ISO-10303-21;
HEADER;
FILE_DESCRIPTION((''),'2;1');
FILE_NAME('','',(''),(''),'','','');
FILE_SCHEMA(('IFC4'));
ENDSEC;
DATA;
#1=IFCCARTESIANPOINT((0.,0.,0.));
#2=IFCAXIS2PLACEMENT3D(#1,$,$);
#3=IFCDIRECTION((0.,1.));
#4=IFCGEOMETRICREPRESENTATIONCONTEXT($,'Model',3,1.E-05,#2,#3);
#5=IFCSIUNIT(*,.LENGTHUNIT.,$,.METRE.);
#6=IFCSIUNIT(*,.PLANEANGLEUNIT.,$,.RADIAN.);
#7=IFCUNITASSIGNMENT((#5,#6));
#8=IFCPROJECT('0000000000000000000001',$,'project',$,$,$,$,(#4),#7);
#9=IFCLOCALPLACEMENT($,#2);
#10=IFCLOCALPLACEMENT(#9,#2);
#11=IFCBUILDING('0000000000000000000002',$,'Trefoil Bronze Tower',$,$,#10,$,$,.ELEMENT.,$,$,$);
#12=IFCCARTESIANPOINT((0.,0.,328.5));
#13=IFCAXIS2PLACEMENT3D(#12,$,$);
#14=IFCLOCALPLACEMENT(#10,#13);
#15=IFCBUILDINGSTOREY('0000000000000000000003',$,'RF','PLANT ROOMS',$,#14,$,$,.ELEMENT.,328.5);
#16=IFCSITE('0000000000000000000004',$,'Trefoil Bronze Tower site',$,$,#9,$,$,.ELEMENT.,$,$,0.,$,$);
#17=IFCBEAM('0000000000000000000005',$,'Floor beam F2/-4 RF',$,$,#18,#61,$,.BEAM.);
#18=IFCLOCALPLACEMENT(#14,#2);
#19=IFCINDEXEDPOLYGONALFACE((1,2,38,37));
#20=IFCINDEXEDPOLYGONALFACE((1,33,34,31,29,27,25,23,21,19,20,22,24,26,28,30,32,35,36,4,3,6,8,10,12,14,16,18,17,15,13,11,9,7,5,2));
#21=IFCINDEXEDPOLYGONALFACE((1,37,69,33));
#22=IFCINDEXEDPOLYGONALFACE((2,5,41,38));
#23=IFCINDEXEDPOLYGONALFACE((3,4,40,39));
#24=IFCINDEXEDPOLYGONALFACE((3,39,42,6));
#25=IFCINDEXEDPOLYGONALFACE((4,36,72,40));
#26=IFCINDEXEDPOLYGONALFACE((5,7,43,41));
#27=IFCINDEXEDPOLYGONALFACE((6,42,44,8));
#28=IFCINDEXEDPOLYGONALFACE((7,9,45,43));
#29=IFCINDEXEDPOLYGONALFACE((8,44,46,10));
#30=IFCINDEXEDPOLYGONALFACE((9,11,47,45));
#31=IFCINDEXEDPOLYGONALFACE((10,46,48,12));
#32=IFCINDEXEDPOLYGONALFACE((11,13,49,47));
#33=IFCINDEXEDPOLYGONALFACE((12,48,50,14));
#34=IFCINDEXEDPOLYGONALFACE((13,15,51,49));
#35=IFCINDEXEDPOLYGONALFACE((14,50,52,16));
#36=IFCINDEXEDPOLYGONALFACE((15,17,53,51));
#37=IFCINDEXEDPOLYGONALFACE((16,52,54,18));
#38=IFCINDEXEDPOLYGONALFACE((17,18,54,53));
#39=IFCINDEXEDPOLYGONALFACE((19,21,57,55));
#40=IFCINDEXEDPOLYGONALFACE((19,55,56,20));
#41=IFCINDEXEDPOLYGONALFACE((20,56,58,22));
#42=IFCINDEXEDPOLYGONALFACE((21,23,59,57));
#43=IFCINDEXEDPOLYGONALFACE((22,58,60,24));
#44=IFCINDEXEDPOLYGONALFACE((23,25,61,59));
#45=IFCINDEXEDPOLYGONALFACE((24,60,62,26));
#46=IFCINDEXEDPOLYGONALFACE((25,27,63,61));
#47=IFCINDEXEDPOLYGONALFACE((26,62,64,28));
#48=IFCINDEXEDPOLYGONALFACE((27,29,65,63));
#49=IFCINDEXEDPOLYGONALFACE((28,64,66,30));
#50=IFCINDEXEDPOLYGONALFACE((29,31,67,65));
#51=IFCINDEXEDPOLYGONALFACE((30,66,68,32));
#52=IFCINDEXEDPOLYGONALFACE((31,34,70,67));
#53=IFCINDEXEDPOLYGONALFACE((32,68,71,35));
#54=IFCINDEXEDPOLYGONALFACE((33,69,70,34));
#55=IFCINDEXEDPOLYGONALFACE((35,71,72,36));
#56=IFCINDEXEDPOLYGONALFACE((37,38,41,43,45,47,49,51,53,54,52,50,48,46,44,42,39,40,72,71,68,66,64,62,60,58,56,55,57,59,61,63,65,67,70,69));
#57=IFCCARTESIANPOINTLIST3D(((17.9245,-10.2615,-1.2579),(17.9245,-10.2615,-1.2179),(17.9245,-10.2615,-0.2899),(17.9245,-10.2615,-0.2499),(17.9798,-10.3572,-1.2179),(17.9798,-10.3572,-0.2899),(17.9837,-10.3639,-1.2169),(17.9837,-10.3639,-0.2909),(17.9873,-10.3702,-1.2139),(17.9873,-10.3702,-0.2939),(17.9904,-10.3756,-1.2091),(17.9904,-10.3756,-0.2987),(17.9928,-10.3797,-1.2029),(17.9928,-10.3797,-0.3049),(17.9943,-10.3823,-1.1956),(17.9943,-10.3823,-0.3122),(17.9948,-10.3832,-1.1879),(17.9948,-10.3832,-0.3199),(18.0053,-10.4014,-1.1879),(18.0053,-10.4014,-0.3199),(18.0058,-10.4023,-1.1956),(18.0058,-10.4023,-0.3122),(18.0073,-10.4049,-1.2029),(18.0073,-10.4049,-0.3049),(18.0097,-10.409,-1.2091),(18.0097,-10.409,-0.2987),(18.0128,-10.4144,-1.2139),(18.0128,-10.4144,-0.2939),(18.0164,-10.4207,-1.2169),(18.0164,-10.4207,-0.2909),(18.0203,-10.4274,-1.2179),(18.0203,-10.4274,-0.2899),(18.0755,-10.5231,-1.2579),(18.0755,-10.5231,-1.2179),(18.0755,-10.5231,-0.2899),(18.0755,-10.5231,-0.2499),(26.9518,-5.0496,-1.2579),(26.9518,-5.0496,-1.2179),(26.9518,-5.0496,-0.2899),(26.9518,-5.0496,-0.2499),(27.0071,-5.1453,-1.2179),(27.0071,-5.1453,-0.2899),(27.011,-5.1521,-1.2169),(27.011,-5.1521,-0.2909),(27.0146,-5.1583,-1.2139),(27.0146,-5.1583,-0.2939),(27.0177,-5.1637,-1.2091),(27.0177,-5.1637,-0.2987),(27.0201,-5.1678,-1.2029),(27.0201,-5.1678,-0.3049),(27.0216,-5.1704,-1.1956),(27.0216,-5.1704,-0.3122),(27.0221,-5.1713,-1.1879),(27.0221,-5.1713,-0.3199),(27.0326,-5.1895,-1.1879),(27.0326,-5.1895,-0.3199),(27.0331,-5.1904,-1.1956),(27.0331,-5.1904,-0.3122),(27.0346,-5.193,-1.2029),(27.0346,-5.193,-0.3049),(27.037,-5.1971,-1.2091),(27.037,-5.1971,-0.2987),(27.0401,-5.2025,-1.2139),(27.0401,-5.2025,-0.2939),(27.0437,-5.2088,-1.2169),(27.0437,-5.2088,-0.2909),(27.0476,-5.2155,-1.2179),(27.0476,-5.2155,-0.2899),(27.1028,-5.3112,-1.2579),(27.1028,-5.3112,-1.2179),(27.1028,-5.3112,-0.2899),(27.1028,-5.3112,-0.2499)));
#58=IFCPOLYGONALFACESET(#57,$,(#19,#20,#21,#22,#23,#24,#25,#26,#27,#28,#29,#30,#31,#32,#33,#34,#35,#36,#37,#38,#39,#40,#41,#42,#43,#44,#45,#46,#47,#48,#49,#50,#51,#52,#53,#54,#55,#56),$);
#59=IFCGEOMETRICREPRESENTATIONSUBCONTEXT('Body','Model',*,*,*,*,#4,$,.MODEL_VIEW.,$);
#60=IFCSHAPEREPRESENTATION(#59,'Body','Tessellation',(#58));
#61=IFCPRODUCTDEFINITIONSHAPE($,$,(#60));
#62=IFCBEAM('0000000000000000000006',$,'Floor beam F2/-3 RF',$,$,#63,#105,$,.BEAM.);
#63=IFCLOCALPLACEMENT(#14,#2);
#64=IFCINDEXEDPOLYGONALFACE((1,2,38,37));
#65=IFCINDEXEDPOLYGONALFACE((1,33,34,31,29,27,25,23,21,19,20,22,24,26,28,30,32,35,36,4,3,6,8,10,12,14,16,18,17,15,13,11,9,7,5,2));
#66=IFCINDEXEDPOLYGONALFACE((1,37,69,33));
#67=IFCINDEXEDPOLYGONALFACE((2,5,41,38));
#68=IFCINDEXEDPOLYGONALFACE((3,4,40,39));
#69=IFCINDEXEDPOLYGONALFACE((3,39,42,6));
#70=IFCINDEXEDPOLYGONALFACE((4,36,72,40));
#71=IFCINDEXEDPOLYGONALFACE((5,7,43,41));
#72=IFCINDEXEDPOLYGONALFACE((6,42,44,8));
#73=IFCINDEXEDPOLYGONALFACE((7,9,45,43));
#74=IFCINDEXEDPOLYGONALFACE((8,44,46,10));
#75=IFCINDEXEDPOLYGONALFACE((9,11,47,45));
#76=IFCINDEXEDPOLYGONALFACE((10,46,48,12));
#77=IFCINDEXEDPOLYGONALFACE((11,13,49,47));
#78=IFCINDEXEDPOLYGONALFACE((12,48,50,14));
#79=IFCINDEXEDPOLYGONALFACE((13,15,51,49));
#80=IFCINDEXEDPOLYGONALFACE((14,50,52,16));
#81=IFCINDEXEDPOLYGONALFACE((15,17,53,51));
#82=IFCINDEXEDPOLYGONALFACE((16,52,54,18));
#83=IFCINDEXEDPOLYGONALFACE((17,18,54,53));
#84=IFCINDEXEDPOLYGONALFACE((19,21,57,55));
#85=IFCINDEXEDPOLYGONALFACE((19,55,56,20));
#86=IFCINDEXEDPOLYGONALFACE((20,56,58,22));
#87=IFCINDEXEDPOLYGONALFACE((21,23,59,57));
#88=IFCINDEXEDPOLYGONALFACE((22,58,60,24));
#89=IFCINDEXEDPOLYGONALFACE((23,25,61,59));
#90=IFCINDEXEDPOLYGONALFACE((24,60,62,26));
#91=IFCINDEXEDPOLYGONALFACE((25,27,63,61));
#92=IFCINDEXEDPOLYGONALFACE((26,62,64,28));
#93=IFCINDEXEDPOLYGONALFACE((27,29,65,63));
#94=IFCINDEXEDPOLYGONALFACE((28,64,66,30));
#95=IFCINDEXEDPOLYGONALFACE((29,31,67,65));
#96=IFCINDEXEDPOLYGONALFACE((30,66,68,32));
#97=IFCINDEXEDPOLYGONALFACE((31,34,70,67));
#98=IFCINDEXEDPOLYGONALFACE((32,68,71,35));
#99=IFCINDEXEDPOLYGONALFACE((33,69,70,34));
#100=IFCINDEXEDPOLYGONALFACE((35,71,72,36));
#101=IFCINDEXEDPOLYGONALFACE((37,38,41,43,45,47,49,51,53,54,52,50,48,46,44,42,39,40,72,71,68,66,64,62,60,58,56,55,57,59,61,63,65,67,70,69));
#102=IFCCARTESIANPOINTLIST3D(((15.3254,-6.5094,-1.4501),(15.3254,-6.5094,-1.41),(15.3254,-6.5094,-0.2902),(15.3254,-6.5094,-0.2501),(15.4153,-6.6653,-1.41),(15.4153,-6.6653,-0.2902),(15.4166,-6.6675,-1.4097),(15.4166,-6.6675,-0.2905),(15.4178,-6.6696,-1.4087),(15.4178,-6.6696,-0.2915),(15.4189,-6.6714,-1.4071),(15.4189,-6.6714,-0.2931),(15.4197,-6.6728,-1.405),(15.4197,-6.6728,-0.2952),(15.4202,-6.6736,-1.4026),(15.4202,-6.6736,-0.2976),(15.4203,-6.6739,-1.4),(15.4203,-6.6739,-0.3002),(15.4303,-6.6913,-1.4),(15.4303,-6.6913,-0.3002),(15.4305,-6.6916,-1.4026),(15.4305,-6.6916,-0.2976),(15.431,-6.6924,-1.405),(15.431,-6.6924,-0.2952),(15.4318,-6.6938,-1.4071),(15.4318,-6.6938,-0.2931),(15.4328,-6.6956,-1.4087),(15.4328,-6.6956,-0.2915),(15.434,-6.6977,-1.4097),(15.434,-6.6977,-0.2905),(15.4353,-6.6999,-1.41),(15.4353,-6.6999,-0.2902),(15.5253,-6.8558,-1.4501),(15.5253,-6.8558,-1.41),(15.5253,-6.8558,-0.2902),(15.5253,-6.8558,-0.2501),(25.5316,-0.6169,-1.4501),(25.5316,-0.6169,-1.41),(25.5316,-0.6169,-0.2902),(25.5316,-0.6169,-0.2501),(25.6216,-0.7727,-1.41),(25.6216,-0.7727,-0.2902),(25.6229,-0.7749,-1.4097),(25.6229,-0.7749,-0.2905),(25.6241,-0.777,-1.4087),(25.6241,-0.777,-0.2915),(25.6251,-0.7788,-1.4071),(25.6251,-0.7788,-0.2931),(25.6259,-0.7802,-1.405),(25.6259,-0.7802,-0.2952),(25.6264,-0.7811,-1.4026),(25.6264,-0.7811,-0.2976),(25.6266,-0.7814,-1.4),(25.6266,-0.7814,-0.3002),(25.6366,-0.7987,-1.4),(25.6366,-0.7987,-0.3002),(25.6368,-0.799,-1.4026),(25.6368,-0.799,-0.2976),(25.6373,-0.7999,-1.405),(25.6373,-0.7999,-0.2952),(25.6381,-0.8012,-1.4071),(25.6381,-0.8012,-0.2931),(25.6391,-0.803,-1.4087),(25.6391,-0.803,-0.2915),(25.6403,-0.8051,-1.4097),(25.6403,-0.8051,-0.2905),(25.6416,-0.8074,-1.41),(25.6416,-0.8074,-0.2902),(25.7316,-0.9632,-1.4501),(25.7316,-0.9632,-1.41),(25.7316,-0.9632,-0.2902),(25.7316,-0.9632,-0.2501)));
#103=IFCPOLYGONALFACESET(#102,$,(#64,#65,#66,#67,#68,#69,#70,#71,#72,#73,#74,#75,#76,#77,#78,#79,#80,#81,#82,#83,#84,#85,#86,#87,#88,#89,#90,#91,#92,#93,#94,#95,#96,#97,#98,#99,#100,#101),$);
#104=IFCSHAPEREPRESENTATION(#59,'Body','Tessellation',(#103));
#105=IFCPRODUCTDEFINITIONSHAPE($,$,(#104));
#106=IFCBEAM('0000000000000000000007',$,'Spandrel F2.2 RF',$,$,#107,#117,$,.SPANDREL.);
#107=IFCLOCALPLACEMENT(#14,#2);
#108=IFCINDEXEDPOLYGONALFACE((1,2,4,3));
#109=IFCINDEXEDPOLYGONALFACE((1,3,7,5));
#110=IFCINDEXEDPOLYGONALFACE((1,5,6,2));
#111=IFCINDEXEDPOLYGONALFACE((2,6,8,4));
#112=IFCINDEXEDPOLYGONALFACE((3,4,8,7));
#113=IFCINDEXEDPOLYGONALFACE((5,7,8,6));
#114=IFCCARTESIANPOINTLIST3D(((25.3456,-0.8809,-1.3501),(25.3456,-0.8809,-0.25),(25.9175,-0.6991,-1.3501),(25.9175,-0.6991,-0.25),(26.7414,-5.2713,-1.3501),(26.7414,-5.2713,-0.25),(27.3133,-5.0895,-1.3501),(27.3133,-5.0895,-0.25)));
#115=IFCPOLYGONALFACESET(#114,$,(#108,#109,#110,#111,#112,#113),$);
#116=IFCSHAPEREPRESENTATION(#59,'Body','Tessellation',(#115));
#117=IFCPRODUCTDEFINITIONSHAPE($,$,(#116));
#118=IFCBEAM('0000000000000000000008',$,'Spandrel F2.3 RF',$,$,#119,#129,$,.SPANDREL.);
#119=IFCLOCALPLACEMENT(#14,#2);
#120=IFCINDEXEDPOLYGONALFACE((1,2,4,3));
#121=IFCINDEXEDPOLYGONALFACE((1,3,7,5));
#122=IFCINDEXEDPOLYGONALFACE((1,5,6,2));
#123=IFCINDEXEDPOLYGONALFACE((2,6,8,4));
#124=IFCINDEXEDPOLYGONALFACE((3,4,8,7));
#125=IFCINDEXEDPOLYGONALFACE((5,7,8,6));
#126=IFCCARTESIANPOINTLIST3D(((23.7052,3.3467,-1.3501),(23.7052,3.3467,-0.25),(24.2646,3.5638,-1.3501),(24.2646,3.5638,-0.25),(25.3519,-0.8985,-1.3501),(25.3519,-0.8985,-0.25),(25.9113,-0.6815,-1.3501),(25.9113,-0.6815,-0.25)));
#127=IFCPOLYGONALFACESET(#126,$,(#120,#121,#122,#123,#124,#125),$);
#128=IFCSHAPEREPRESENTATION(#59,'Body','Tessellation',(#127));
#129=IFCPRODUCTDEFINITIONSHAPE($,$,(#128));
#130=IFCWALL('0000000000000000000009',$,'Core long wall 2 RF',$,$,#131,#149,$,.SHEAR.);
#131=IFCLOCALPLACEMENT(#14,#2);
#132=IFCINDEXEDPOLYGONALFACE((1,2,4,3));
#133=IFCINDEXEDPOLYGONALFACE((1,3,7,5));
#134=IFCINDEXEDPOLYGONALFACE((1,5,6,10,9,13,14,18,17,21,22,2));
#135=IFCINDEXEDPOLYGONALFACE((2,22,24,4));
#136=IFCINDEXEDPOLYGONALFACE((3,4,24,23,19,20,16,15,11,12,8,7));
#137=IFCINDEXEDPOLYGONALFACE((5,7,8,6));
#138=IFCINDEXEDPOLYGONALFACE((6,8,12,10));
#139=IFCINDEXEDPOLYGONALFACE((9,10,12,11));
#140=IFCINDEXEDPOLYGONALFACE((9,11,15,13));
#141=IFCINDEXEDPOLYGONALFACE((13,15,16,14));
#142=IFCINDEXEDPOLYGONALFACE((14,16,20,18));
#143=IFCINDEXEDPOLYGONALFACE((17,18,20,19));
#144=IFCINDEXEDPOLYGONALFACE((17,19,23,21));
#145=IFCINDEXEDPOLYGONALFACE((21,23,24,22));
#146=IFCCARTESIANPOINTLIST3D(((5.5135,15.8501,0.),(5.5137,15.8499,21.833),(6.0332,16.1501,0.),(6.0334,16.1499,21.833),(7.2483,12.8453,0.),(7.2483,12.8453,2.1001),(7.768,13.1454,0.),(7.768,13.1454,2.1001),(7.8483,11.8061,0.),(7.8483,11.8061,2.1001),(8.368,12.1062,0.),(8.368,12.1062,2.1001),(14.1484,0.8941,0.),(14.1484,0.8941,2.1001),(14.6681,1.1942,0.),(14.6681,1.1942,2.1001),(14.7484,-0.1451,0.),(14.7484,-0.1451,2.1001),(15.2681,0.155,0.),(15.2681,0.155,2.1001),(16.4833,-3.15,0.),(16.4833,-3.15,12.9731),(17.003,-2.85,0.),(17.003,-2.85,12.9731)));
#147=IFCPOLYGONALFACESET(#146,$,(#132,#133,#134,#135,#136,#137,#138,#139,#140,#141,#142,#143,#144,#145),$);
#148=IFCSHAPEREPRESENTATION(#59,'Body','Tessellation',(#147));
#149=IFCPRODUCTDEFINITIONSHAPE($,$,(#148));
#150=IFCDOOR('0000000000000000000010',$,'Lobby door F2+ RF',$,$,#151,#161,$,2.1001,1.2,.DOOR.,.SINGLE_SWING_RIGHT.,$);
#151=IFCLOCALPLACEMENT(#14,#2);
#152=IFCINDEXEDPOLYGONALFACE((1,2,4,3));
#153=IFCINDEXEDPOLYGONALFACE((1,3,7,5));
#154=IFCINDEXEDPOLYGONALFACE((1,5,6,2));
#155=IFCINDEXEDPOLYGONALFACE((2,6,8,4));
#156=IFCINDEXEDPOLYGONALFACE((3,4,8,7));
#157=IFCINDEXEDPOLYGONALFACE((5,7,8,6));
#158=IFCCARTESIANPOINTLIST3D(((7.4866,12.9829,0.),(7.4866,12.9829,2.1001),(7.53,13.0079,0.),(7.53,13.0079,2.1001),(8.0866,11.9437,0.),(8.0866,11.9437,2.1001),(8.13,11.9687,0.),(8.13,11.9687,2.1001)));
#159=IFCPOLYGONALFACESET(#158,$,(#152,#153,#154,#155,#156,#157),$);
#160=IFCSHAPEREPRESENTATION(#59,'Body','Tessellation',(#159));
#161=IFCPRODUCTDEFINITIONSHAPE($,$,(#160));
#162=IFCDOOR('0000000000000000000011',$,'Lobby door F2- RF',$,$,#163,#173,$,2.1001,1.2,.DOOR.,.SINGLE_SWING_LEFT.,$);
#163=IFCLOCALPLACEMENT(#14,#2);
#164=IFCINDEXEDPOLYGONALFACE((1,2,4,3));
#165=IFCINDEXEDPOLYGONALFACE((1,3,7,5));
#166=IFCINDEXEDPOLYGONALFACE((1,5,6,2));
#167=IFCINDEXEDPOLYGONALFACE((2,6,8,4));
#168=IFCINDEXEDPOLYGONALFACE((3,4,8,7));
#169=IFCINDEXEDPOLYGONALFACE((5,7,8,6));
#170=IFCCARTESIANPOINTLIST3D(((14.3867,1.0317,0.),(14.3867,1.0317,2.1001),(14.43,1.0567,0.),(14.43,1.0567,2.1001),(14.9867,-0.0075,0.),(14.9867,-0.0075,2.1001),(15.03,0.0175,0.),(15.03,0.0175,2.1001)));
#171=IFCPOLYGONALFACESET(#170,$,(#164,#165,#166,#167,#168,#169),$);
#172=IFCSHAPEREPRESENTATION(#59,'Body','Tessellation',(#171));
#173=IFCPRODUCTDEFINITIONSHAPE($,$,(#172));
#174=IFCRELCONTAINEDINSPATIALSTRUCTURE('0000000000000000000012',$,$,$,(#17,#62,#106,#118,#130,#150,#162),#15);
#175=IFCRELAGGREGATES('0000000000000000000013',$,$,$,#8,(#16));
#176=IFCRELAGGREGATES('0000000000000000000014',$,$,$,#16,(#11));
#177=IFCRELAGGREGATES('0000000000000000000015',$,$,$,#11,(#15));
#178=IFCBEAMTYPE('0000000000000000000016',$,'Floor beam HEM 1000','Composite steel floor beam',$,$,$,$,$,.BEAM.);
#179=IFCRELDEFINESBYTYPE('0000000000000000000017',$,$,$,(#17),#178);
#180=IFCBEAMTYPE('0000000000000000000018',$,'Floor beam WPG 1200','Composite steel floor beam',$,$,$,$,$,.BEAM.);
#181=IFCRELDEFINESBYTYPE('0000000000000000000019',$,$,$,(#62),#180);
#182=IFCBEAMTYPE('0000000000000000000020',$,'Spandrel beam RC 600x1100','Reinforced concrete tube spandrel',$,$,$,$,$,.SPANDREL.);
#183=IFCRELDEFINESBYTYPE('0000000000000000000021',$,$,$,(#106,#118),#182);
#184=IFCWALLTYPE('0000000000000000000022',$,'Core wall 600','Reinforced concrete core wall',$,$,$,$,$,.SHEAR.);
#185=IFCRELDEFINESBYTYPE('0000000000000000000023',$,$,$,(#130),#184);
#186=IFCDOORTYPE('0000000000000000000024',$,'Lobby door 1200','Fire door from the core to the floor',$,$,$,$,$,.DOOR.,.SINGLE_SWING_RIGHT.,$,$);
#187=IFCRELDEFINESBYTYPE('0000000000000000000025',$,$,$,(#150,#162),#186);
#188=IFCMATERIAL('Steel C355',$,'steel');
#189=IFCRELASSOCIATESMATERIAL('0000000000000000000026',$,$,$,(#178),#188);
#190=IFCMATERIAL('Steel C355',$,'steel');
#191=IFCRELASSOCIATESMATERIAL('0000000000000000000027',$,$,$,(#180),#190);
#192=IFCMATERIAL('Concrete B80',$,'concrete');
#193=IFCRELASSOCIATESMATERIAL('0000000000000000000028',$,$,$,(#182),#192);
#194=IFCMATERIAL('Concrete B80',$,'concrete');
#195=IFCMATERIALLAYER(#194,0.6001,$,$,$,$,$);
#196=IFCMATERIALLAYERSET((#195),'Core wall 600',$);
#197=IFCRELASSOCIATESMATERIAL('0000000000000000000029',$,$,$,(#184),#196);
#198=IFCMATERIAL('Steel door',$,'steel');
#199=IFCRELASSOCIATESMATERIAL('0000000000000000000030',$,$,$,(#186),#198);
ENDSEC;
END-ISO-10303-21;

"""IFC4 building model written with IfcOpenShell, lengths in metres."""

from ifc_helpers import new_model, si_unit, direction, frame, frame_2d, origin, origin_2d, place, context, subcontext, project, spatial, polyline, rectangle, i_section, outline, extrude, material, layer, layer_set, material_profile, profile_set, type_object, element, fill, save


model = new_model("IFC4")

# Units and contexts
model_context = context("Model", 3, precision=1e-05, world=origin(), true_north=direction((0.0, 1.0)))
body_context = subcontext(model_context, "Body", "Model", "MODEL_VIEW")
ifc_project = project(units=[si_unit("LENGTHUNIT", "METRE"), si_unit("PLANEANGLEUNIT", "RADIAN")], contexts=[model_context])

# Site, building, storey
site_placement = place(None, origin())
site = spatial("IfcSite", under=ifc_project, at=site_placement, Name="Trefoil Bronze Tower site", CompositionType="ELEMENT", RefElevation=0.0)
building_placement = place(site_placement, origin())
building = spatial("IfcBuilding", under=site, at=building_placement, Name="Trefoil Bronze Tower", CompositionType="ELEMENT")
storey_placement = place(building_placement, frame((0.0, 0.0, 328.5)))
storey = spatial("IfcBuildingStorey", under=building, at=storey_placement, Name="RF", Description="PLANT ROOMS", CompositionType="ELEMENT", Elevation=328.5)

# Beams
ifc_material_1 = material(Name="Steel C355", Category="steel")
ifc_material_profile_1 = material_profile(ifc_material_1, i_section(OverallWidth=0.302, OverallDepth=1.0081, WebThickness=0.021, FlangeThickness=0.04, FilletRadius=0.03, at=origin_2d()), Name="HEM 1000")
ifc_profile_set_1 = profile_set([ifc_material_profile_1], Name="Steel C355")
beam_type_1 = type_object("IfcBeamType", Name="Floor beam HEM 1000", Description="Composite steel floor beam", PredefinedType="BEAM", material=ifc_profile_set_1)
beam_1_placement = place(storey_placement, frame((27.0273, -5.1804, -0.7539), z_axis=(-0.866026, -0.499998, 0.0), x_axis=(0.499998, -0.866026, 0.0)))
element("IfcBeam", 1, at=beam_1_placement, inside=storey, type_object=beam_type_1, Name="Floor beam F2/-4 RF", PredefinedType="BEAM", context=body_context, shape_type="SweptSolid", body=[
    extrude(i_section(OverallWidth=0.302, OverallDepth=1.0081, WebThickness=0.021, FlangeThickness=0.04, FilletRadius=0.03, at=origin_2d()), origin(), (0.0, 0.0, 1.0), 10.4238),
])
ifc_material_2 = material(Name="Steel C355", Category="steel")
ifc_material_profile_2 = material_profile(ifc_material_2, i_section(OverallWidth=0.3999, OverallDepth=1.2, WebThickness=0.02, FlangeThickness=0.04, FilletRadius=0.01, at=origin_2d()), Name="WPG 1200")
ifc_profile_set_2 = profile_set([ifc_material_profile_2], Name="Steel C355")
beam_type_2 = type_object("IfcBeamType", Name="Floor beam WPG 1200", Description="Composite steel floor beam", PredefinedType="BEAM", material=ifc_profile_set_2)
beam_2_placement = place(storey_placement, frame((25.6316, -0.79, -0.8501), z_axis=(-0.866027, -0.499998, 0.0), x_axis=(0.499998, -0.866027, 0.0)))
element("IfcBeam", 2, at=beam_2_placement, inside=storey, type_object=beam_type_2, Name="Floor beam F2/-3 RF", PredefinedType="BEAM", context=body_context, shape_type="SweptSolid", body=[
    extrude(i_section(OverallWidth=0.3999, OverallDepth=1.2, WebThickness=0.02, FlangeThickness=0.04, FilletRadius=0.01, at=origin_2d()), origin(), (0.0, 0.0, 1.0), 11.7852),
])
ifc_material_3 = material(Name="Concrete B80", Category="concrete")
ifc_material_profile_3 = material_profile(ifc_material_3, rectangle(XDim=0.6001, YDim=1.1001, at=origin_2d()), Name="RC 600x1100")
ifc_profile_set_3 = profile_set([ifc_material_profile_3], Name="Concrete B80")
beam_type_3 = type_object("IfcBeamType", Name="Spandrel beam RC 600x1100", Description="Reinforced concrete tube spandrel", PredefinedType="SPANDREL", material=ifc_profile_set_3)
beam_3_placement = place(storey_placement, frame((27.0273, -5.1804, -0.8), z_axis=(-0.30297, 0.953, 0.0), x_axis=(-0.953, -0.30297, 0.0)))
element("IfcBeam", 3, at=beam_3_placement, inside=storey, type_object=beam_type_3, Name="Spandrel F2.2 RF", PredefinedType="SPANDREL", context=body_context, shape_type="SweptSolid", body=[
    extrude(rectangle(XDim=0.6001, YDim=1.1001, at=origin_2d()), origin(), (0.0, 0.0, 1.0), 4.6069),
])
beam_4_placement = place(storey_placement, frame((25.6316, -0.79, -0.8), z_axis=(-0.361636, 0.932319, 0.0), x_axis=(-0.932319, -0.361636, 0.0)))
element("IfcBeam", 4, at=beam_4_placement, inside=storey, type_object=beam_type_3, Name="Spandrel F2.3 RF", PredefinedType="SPANDREL", context=body_context, shape_type="SweptSolid", body=[
    extrude(rectangle(XDim=0.6001, YDim=1.1001, at=origin_2d()), origin(), (0.0, 0.0, 1.0), 4.5535),
])

# Wall, openings, doors
ifc_material_4 = material(Name="Concrete B80", Category="concrete")
ifc_layer_1 = layer(ifc_material_4, 0.6001)
ifc_layer_set_1 = layer_set([ifc_layer_1], Name="Core wall 600")
wall_type_1 = type_object("IfcWallType", Name="Core wall 600", Description="Reinforced concrete core wall", PredefinedType="SHEAR", material=ifc_layer_set_1)
wall_1_placement = place(storey_placement, frame((16.7432, -3.0, 0.0), z_axis=(0.0, 0.0, 1.0), x_axis=(-0.500002, 0.866024, 0.0)))
wall_1 = element("IfcWall", 5, at=wall_1_placement, inside=storey, type_object=wall_type_1, Name="Core long wall 2 RF", PredefinedType="SHEAR", context=body_context, shape_type="SweptSolid", body=[
    extrude(outline(polyline([(0.0, 0.0), (21.9395, 0.0), (21.9392, 21.833), (0.0, 12.9731), (0.0, 0.0)])), frame((0.0, 0.3, 0.0), z_axis=(0.0, -1.0, 0.0), x_axis=(1.0, 0.0, 0.0)), (0.0, 0.0, 1.0), 0.6001),
])
opening_1_placement = place(wall_1_placement, frame((17.2698, 0.0, 0.0)))
opening_1 = element("IfcOpeningElement", 6, at=opening_1_placement, cuts=wall_1, PredefinedType="OPENING", context=body_context, shape_type="SweptSolid", body=[
    extrude(rectangle(XDim=1.2, YDim=2.1001, at=frame_2d((0.6001, 1.05))), frame((0.0, 0.3101, 0.0), z_axis=(0.0, -1.0, 0.0), x_axis=(1.0, 0.0, 0.0)), (0.0, 0.0, 1.0), 0.6201),
])
opening_2_placement = place(wall_1_placement, frame((3.4697, 0.0, 0.0)))
opening_2 = element("IfcOpeningElement", 7, at=opening_2_placement, cuts=wall_1, PredefinedType="OPENING", context=body_context, shape_type="SweptSolid", body=[
    extrude(rectangle(XDim=1.2, YDim=2.1001, at=frame_2d((0.6001, 1.05))), frame((0.0, 0.3101, 0.0), z_axis=(0.0, -1.0, 0.0), x_axis=(1.0, 0.0, 0.0)), (0.0, 0.0, 1.0), 0.6201),
])
ifc_material_5 = material(Name="Steel door", Category="steel")
door_type = type_object("IfcDoorType", Name="Lobby door 1200", Description="Fire door from the core to the floor", OperationType="SINGLE_SWING_RIGHT", PredefinedType="DOOR", material=ifc_material_5)
door_1_placement = place(opening_1_placement, origin())
door_1 = element("IfcDoor", 8, at=door_1_placement, inside=storey, type_object=door_type, Name="Lobby door F2+ RF", OperationType="SINGLE_SWING_RIGHT", OverallHeight=2.1001, OverallWidth=1.2, PredefinedType="DOOR", context=body_context, shape_type="SweptSolid", body=[
    extrude(rectangle(XDim=1.2, YDim=2.1001, at=frame_2d((0.6001, 1.05))), frame((0.0, 0.0249, 0.0), z_axis=(0.0, -1.0, 0.0), x_axis=(1.0, 0.0, 0.0)), (0.0, 0.0, 1.0), 0.05),
])
fill(opening_1, door_1)
door_2_placement = place(opening_2_placement, origin())
door_2 = element("IfcDoor", 9, at=door_2_placement, inside=storey, type_object=door_type, Name="Lobby door F2- RF", OperationType="SINGLE_SWING_LEFT", OverallHeight=2.1001, OverallWidth=1.2, PredefinedType="DOOR", context=body_context, shape_type="SweptSolid", body=[
    extrude(rectangle(XDim=1.2, YDim=2.1001, at=frame_2d((0.6001, 1.05))), frame((0.0, 0.0249, 0.0), z_axis=(0.0, -1.0, 0.0), x_axis=(1.0, 0.0, 0.0)), (0.0, 0.0, 1.0), 0.05),
])
fill(opening_2, door_2)

save(model, "model.ifc")
